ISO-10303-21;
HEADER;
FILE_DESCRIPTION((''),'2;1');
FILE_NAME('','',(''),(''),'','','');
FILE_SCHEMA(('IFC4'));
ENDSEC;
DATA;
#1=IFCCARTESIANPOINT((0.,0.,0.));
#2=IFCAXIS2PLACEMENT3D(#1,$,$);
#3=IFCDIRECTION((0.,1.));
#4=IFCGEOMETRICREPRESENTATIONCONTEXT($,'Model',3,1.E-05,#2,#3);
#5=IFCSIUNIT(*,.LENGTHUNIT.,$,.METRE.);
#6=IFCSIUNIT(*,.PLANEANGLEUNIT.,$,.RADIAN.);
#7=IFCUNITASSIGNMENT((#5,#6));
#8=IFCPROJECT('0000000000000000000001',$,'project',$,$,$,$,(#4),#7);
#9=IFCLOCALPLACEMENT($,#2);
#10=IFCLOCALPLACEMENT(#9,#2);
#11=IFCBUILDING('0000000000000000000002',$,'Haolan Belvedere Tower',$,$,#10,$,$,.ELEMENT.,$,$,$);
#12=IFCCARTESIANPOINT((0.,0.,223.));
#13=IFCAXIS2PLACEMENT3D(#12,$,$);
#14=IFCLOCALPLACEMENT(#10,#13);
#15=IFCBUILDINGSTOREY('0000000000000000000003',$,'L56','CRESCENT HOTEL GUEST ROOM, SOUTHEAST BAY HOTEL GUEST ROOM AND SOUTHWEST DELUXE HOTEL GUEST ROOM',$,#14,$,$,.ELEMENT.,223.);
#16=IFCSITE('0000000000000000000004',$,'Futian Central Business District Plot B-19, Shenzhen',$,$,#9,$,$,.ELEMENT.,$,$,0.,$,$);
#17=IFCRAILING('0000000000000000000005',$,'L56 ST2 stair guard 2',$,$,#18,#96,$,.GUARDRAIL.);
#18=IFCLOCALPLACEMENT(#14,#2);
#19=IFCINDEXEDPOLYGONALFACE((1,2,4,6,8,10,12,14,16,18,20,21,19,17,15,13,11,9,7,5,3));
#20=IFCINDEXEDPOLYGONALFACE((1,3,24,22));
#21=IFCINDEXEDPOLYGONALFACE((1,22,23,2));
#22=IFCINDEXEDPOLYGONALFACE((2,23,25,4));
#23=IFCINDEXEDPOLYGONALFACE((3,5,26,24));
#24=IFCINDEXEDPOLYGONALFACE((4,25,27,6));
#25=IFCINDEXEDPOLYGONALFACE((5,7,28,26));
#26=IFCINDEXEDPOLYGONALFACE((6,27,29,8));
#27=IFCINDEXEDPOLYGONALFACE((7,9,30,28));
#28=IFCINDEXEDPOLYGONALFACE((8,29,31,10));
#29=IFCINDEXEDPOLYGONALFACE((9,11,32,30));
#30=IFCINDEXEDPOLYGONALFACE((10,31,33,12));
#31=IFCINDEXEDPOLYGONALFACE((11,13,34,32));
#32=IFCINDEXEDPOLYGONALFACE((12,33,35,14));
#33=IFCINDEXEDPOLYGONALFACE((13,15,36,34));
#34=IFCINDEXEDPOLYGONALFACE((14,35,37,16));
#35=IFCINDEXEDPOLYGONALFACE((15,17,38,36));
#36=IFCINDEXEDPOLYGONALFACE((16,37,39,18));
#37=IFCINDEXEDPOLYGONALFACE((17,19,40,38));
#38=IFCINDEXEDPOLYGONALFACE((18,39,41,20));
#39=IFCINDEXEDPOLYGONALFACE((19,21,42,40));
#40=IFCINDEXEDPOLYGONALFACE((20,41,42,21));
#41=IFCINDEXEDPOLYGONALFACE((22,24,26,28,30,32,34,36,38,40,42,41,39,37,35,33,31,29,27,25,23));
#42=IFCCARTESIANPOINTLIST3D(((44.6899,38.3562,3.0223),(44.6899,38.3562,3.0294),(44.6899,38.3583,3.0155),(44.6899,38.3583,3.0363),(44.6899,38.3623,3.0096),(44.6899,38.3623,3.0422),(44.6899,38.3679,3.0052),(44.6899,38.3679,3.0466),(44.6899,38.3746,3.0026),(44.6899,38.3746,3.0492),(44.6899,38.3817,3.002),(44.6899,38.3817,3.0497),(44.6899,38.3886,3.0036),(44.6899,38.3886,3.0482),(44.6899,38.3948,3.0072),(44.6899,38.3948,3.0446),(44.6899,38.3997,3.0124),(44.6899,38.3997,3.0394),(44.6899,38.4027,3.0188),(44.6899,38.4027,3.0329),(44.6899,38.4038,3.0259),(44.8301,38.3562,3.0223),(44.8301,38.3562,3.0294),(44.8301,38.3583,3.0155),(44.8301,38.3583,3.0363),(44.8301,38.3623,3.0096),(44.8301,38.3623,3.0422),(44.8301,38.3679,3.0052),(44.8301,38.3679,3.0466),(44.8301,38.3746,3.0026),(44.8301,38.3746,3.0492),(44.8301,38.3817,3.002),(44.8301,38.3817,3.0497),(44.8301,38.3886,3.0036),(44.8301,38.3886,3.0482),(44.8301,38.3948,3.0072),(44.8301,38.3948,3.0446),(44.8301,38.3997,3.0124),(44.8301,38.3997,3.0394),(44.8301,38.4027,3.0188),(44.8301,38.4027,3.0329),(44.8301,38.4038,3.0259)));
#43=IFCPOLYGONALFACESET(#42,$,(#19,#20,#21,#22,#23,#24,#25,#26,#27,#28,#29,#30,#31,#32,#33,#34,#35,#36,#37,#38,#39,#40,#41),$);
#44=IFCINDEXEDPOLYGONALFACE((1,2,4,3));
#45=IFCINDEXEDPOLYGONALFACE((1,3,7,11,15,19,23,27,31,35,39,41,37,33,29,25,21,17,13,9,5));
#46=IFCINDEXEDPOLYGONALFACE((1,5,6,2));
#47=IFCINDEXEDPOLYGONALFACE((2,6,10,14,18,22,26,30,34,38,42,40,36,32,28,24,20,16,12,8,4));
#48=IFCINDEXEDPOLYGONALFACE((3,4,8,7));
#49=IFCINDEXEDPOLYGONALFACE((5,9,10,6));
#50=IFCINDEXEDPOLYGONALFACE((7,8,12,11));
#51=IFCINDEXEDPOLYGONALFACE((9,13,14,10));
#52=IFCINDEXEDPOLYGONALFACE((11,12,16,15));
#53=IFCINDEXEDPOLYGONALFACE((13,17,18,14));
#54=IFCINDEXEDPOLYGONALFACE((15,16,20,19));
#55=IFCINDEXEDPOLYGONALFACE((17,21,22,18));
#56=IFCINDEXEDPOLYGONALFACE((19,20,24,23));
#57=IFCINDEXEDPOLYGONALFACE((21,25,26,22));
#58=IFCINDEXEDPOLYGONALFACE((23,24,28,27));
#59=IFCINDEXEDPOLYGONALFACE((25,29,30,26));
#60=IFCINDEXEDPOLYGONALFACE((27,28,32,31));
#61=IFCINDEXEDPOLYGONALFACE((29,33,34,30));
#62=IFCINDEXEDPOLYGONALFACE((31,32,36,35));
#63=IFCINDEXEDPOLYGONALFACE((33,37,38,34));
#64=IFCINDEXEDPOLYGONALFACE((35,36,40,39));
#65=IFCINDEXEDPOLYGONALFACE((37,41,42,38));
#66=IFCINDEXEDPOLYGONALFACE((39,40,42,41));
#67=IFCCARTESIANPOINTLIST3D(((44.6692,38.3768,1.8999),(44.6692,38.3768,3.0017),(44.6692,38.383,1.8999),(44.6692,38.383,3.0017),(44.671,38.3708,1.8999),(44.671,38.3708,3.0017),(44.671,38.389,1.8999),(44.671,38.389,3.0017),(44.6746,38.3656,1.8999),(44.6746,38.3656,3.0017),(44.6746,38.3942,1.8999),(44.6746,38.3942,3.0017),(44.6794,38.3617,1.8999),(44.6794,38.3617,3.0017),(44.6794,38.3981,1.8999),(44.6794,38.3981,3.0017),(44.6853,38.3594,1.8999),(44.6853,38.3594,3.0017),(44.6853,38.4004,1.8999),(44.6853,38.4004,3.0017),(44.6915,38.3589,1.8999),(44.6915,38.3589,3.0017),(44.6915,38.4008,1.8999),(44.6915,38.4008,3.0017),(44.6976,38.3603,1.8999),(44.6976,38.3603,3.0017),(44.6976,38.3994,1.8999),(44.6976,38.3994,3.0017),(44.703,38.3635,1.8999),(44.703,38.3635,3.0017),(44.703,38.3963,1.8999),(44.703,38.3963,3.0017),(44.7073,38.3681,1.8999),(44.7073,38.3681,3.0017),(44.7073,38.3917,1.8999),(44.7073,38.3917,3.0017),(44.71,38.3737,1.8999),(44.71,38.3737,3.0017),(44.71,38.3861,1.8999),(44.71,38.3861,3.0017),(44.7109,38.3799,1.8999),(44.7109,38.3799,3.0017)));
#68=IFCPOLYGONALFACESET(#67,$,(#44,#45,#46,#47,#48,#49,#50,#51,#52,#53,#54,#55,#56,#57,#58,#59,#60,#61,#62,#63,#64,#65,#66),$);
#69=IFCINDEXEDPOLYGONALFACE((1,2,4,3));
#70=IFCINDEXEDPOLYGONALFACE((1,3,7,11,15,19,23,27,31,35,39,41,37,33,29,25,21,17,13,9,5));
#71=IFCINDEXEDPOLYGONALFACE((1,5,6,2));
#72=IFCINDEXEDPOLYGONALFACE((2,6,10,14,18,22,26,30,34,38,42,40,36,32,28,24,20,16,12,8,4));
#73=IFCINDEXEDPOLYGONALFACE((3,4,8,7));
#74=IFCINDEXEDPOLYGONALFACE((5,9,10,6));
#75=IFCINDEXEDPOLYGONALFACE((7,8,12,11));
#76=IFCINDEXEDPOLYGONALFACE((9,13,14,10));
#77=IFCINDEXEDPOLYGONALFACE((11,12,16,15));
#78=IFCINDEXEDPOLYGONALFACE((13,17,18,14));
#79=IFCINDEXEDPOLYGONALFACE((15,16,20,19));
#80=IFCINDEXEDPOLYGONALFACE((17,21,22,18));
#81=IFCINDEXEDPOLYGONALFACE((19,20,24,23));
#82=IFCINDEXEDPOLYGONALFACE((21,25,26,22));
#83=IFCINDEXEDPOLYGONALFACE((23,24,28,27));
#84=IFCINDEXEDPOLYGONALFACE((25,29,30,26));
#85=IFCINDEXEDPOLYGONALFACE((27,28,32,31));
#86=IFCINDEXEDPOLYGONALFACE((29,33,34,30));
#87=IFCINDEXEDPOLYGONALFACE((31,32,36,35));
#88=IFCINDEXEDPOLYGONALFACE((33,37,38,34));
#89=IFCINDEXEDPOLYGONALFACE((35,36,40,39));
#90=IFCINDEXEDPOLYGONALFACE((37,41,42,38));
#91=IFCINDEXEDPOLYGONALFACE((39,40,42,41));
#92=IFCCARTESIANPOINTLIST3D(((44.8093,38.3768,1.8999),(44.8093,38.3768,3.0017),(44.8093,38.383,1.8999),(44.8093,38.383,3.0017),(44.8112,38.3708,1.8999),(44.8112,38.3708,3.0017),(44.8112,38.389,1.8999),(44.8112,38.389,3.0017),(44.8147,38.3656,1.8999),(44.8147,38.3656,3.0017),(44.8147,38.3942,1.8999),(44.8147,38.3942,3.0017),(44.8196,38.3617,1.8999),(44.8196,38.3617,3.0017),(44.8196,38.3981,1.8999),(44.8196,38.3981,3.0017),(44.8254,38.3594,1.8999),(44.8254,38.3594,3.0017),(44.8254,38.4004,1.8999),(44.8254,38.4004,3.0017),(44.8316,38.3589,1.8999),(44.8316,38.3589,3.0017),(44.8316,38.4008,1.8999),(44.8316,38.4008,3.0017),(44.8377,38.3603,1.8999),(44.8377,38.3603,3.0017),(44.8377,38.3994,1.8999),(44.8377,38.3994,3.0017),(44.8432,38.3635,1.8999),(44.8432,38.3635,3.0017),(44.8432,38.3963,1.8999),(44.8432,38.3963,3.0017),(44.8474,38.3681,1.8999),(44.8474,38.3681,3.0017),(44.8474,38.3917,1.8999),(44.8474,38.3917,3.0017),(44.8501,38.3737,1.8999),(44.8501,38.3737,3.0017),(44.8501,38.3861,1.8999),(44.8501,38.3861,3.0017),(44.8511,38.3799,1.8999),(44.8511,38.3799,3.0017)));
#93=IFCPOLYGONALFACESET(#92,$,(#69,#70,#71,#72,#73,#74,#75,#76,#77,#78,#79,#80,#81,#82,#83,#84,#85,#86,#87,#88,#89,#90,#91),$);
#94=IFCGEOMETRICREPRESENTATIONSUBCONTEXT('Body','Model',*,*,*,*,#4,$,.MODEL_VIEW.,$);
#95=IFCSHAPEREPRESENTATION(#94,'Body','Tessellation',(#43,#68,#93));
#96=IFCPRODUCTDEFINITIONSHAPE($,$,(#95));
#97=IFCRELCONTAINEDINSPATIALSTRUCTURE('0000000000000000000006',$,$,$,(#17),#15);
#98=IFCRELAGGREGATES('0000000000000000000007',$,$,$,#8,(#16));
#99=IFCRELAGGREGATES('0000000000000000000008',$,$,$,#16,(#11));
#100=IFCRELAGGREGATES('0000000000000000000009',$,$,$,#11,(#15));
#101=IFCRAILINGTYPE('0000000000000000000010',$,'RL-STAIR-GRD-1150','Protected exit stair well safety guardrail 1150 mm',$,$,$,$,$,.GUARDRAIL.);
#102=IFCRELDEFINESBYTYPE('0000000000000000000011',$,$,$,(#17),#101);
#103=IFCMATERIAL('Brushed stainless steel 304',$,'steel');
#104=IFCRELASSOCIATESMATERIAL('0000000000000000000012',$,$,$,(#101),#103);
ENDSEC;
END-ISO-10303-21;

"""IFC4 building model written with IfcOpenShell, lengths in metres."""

from ifc_helpers import new_model, si_unit, direction, frame, origin, origin_2d, place, context, subcontext, project, spatial, circle, extrude, material, type_object, element, save


model = new_model("IFC4")

# Units and contexts
model_context = context("Model", 3, precision=1e-05, world=origin(), true_north=direction((0.0, 1.0)))
body_context = subcontext(model_context, "Body", "Model", "MODEL_VIEW")
ifc_project = project(units=[si_unit("LENGTHUNIT", "METRE"), si_unit("PLANEANGLEUNIT", "RADIAN")], contexts=[model_context])

# Site, building, storey
site_placement = place(None, origin())
site = spatial("IfcSite", under=ifc_project, at=site_placement, Name="Futian Central Business District Plot B-19, Shenzhen", CompositionType="ELEMENT", RefElevation=0.0)
building_placement = place(site_placement, origin())
building = spatial("IfcBuilding", under=site, at=building_placement, Name="Haolan Belvedere Tower", CompositionType="ELEMENT")
storey_placement = place(building_placement, frame((0.0, 0.0, 223.0)))
storey = spatial("IfcBuildingStorey", under=building, at=storey_placement, Name="L56", Description="CRESCENT HOTEL GUEST ROOM, SOUTHEAST BAY HOTEL GUEST ROOM AND SOUTHWEST DELUXE HOTEL GUEST ROOM", CompositionType="ELEMENT", Elevation=223.0)

# Railing
ifc_material_1 = material(Name="Brushed stainless steel 304", Category="steel")
railing_type_1 = type_object("IfcRailingType", Name="RL-STAIR-GRD-1150", Description="Protected exit stair well safety guardrail 1150 mm", PredefinedType="GUARDRAIL", material=ifc_material_1)
railing_1_placement = place(storey_placement, frame((44.6899, 38.3799, 1.8999)))
element("IfcRailing", 1, at=railing_1_placement, inside=storey, type_object=railing_type_1, Name="L56 ST2 stair guard 2", PredefinedType="GUARDRAIL", context=body_context, shape_type="SweptSolid", body=[
    extrude(circle(Radius=0.0239, at=origin_2d()), frame((0.0, 0.0, 1.126), z_axis=(1.0, 0.0, 0.0), x_axis=(0.0, 1.0, 0.0)), (0.0, 0.0, 1.0), 0.1401),
    extrude(circle(Radius=0.021, at=origin_2d()), origin(), (0.0, 0.0, 1.0), 1.1018),
    extrude(circle(Radius=0.021, at=origin_2d()), frame((0.1401, 0.0, 0.0)), (0.0, 0.0, 1.0), 1.1018),
])

save(model, "model.ifc")
